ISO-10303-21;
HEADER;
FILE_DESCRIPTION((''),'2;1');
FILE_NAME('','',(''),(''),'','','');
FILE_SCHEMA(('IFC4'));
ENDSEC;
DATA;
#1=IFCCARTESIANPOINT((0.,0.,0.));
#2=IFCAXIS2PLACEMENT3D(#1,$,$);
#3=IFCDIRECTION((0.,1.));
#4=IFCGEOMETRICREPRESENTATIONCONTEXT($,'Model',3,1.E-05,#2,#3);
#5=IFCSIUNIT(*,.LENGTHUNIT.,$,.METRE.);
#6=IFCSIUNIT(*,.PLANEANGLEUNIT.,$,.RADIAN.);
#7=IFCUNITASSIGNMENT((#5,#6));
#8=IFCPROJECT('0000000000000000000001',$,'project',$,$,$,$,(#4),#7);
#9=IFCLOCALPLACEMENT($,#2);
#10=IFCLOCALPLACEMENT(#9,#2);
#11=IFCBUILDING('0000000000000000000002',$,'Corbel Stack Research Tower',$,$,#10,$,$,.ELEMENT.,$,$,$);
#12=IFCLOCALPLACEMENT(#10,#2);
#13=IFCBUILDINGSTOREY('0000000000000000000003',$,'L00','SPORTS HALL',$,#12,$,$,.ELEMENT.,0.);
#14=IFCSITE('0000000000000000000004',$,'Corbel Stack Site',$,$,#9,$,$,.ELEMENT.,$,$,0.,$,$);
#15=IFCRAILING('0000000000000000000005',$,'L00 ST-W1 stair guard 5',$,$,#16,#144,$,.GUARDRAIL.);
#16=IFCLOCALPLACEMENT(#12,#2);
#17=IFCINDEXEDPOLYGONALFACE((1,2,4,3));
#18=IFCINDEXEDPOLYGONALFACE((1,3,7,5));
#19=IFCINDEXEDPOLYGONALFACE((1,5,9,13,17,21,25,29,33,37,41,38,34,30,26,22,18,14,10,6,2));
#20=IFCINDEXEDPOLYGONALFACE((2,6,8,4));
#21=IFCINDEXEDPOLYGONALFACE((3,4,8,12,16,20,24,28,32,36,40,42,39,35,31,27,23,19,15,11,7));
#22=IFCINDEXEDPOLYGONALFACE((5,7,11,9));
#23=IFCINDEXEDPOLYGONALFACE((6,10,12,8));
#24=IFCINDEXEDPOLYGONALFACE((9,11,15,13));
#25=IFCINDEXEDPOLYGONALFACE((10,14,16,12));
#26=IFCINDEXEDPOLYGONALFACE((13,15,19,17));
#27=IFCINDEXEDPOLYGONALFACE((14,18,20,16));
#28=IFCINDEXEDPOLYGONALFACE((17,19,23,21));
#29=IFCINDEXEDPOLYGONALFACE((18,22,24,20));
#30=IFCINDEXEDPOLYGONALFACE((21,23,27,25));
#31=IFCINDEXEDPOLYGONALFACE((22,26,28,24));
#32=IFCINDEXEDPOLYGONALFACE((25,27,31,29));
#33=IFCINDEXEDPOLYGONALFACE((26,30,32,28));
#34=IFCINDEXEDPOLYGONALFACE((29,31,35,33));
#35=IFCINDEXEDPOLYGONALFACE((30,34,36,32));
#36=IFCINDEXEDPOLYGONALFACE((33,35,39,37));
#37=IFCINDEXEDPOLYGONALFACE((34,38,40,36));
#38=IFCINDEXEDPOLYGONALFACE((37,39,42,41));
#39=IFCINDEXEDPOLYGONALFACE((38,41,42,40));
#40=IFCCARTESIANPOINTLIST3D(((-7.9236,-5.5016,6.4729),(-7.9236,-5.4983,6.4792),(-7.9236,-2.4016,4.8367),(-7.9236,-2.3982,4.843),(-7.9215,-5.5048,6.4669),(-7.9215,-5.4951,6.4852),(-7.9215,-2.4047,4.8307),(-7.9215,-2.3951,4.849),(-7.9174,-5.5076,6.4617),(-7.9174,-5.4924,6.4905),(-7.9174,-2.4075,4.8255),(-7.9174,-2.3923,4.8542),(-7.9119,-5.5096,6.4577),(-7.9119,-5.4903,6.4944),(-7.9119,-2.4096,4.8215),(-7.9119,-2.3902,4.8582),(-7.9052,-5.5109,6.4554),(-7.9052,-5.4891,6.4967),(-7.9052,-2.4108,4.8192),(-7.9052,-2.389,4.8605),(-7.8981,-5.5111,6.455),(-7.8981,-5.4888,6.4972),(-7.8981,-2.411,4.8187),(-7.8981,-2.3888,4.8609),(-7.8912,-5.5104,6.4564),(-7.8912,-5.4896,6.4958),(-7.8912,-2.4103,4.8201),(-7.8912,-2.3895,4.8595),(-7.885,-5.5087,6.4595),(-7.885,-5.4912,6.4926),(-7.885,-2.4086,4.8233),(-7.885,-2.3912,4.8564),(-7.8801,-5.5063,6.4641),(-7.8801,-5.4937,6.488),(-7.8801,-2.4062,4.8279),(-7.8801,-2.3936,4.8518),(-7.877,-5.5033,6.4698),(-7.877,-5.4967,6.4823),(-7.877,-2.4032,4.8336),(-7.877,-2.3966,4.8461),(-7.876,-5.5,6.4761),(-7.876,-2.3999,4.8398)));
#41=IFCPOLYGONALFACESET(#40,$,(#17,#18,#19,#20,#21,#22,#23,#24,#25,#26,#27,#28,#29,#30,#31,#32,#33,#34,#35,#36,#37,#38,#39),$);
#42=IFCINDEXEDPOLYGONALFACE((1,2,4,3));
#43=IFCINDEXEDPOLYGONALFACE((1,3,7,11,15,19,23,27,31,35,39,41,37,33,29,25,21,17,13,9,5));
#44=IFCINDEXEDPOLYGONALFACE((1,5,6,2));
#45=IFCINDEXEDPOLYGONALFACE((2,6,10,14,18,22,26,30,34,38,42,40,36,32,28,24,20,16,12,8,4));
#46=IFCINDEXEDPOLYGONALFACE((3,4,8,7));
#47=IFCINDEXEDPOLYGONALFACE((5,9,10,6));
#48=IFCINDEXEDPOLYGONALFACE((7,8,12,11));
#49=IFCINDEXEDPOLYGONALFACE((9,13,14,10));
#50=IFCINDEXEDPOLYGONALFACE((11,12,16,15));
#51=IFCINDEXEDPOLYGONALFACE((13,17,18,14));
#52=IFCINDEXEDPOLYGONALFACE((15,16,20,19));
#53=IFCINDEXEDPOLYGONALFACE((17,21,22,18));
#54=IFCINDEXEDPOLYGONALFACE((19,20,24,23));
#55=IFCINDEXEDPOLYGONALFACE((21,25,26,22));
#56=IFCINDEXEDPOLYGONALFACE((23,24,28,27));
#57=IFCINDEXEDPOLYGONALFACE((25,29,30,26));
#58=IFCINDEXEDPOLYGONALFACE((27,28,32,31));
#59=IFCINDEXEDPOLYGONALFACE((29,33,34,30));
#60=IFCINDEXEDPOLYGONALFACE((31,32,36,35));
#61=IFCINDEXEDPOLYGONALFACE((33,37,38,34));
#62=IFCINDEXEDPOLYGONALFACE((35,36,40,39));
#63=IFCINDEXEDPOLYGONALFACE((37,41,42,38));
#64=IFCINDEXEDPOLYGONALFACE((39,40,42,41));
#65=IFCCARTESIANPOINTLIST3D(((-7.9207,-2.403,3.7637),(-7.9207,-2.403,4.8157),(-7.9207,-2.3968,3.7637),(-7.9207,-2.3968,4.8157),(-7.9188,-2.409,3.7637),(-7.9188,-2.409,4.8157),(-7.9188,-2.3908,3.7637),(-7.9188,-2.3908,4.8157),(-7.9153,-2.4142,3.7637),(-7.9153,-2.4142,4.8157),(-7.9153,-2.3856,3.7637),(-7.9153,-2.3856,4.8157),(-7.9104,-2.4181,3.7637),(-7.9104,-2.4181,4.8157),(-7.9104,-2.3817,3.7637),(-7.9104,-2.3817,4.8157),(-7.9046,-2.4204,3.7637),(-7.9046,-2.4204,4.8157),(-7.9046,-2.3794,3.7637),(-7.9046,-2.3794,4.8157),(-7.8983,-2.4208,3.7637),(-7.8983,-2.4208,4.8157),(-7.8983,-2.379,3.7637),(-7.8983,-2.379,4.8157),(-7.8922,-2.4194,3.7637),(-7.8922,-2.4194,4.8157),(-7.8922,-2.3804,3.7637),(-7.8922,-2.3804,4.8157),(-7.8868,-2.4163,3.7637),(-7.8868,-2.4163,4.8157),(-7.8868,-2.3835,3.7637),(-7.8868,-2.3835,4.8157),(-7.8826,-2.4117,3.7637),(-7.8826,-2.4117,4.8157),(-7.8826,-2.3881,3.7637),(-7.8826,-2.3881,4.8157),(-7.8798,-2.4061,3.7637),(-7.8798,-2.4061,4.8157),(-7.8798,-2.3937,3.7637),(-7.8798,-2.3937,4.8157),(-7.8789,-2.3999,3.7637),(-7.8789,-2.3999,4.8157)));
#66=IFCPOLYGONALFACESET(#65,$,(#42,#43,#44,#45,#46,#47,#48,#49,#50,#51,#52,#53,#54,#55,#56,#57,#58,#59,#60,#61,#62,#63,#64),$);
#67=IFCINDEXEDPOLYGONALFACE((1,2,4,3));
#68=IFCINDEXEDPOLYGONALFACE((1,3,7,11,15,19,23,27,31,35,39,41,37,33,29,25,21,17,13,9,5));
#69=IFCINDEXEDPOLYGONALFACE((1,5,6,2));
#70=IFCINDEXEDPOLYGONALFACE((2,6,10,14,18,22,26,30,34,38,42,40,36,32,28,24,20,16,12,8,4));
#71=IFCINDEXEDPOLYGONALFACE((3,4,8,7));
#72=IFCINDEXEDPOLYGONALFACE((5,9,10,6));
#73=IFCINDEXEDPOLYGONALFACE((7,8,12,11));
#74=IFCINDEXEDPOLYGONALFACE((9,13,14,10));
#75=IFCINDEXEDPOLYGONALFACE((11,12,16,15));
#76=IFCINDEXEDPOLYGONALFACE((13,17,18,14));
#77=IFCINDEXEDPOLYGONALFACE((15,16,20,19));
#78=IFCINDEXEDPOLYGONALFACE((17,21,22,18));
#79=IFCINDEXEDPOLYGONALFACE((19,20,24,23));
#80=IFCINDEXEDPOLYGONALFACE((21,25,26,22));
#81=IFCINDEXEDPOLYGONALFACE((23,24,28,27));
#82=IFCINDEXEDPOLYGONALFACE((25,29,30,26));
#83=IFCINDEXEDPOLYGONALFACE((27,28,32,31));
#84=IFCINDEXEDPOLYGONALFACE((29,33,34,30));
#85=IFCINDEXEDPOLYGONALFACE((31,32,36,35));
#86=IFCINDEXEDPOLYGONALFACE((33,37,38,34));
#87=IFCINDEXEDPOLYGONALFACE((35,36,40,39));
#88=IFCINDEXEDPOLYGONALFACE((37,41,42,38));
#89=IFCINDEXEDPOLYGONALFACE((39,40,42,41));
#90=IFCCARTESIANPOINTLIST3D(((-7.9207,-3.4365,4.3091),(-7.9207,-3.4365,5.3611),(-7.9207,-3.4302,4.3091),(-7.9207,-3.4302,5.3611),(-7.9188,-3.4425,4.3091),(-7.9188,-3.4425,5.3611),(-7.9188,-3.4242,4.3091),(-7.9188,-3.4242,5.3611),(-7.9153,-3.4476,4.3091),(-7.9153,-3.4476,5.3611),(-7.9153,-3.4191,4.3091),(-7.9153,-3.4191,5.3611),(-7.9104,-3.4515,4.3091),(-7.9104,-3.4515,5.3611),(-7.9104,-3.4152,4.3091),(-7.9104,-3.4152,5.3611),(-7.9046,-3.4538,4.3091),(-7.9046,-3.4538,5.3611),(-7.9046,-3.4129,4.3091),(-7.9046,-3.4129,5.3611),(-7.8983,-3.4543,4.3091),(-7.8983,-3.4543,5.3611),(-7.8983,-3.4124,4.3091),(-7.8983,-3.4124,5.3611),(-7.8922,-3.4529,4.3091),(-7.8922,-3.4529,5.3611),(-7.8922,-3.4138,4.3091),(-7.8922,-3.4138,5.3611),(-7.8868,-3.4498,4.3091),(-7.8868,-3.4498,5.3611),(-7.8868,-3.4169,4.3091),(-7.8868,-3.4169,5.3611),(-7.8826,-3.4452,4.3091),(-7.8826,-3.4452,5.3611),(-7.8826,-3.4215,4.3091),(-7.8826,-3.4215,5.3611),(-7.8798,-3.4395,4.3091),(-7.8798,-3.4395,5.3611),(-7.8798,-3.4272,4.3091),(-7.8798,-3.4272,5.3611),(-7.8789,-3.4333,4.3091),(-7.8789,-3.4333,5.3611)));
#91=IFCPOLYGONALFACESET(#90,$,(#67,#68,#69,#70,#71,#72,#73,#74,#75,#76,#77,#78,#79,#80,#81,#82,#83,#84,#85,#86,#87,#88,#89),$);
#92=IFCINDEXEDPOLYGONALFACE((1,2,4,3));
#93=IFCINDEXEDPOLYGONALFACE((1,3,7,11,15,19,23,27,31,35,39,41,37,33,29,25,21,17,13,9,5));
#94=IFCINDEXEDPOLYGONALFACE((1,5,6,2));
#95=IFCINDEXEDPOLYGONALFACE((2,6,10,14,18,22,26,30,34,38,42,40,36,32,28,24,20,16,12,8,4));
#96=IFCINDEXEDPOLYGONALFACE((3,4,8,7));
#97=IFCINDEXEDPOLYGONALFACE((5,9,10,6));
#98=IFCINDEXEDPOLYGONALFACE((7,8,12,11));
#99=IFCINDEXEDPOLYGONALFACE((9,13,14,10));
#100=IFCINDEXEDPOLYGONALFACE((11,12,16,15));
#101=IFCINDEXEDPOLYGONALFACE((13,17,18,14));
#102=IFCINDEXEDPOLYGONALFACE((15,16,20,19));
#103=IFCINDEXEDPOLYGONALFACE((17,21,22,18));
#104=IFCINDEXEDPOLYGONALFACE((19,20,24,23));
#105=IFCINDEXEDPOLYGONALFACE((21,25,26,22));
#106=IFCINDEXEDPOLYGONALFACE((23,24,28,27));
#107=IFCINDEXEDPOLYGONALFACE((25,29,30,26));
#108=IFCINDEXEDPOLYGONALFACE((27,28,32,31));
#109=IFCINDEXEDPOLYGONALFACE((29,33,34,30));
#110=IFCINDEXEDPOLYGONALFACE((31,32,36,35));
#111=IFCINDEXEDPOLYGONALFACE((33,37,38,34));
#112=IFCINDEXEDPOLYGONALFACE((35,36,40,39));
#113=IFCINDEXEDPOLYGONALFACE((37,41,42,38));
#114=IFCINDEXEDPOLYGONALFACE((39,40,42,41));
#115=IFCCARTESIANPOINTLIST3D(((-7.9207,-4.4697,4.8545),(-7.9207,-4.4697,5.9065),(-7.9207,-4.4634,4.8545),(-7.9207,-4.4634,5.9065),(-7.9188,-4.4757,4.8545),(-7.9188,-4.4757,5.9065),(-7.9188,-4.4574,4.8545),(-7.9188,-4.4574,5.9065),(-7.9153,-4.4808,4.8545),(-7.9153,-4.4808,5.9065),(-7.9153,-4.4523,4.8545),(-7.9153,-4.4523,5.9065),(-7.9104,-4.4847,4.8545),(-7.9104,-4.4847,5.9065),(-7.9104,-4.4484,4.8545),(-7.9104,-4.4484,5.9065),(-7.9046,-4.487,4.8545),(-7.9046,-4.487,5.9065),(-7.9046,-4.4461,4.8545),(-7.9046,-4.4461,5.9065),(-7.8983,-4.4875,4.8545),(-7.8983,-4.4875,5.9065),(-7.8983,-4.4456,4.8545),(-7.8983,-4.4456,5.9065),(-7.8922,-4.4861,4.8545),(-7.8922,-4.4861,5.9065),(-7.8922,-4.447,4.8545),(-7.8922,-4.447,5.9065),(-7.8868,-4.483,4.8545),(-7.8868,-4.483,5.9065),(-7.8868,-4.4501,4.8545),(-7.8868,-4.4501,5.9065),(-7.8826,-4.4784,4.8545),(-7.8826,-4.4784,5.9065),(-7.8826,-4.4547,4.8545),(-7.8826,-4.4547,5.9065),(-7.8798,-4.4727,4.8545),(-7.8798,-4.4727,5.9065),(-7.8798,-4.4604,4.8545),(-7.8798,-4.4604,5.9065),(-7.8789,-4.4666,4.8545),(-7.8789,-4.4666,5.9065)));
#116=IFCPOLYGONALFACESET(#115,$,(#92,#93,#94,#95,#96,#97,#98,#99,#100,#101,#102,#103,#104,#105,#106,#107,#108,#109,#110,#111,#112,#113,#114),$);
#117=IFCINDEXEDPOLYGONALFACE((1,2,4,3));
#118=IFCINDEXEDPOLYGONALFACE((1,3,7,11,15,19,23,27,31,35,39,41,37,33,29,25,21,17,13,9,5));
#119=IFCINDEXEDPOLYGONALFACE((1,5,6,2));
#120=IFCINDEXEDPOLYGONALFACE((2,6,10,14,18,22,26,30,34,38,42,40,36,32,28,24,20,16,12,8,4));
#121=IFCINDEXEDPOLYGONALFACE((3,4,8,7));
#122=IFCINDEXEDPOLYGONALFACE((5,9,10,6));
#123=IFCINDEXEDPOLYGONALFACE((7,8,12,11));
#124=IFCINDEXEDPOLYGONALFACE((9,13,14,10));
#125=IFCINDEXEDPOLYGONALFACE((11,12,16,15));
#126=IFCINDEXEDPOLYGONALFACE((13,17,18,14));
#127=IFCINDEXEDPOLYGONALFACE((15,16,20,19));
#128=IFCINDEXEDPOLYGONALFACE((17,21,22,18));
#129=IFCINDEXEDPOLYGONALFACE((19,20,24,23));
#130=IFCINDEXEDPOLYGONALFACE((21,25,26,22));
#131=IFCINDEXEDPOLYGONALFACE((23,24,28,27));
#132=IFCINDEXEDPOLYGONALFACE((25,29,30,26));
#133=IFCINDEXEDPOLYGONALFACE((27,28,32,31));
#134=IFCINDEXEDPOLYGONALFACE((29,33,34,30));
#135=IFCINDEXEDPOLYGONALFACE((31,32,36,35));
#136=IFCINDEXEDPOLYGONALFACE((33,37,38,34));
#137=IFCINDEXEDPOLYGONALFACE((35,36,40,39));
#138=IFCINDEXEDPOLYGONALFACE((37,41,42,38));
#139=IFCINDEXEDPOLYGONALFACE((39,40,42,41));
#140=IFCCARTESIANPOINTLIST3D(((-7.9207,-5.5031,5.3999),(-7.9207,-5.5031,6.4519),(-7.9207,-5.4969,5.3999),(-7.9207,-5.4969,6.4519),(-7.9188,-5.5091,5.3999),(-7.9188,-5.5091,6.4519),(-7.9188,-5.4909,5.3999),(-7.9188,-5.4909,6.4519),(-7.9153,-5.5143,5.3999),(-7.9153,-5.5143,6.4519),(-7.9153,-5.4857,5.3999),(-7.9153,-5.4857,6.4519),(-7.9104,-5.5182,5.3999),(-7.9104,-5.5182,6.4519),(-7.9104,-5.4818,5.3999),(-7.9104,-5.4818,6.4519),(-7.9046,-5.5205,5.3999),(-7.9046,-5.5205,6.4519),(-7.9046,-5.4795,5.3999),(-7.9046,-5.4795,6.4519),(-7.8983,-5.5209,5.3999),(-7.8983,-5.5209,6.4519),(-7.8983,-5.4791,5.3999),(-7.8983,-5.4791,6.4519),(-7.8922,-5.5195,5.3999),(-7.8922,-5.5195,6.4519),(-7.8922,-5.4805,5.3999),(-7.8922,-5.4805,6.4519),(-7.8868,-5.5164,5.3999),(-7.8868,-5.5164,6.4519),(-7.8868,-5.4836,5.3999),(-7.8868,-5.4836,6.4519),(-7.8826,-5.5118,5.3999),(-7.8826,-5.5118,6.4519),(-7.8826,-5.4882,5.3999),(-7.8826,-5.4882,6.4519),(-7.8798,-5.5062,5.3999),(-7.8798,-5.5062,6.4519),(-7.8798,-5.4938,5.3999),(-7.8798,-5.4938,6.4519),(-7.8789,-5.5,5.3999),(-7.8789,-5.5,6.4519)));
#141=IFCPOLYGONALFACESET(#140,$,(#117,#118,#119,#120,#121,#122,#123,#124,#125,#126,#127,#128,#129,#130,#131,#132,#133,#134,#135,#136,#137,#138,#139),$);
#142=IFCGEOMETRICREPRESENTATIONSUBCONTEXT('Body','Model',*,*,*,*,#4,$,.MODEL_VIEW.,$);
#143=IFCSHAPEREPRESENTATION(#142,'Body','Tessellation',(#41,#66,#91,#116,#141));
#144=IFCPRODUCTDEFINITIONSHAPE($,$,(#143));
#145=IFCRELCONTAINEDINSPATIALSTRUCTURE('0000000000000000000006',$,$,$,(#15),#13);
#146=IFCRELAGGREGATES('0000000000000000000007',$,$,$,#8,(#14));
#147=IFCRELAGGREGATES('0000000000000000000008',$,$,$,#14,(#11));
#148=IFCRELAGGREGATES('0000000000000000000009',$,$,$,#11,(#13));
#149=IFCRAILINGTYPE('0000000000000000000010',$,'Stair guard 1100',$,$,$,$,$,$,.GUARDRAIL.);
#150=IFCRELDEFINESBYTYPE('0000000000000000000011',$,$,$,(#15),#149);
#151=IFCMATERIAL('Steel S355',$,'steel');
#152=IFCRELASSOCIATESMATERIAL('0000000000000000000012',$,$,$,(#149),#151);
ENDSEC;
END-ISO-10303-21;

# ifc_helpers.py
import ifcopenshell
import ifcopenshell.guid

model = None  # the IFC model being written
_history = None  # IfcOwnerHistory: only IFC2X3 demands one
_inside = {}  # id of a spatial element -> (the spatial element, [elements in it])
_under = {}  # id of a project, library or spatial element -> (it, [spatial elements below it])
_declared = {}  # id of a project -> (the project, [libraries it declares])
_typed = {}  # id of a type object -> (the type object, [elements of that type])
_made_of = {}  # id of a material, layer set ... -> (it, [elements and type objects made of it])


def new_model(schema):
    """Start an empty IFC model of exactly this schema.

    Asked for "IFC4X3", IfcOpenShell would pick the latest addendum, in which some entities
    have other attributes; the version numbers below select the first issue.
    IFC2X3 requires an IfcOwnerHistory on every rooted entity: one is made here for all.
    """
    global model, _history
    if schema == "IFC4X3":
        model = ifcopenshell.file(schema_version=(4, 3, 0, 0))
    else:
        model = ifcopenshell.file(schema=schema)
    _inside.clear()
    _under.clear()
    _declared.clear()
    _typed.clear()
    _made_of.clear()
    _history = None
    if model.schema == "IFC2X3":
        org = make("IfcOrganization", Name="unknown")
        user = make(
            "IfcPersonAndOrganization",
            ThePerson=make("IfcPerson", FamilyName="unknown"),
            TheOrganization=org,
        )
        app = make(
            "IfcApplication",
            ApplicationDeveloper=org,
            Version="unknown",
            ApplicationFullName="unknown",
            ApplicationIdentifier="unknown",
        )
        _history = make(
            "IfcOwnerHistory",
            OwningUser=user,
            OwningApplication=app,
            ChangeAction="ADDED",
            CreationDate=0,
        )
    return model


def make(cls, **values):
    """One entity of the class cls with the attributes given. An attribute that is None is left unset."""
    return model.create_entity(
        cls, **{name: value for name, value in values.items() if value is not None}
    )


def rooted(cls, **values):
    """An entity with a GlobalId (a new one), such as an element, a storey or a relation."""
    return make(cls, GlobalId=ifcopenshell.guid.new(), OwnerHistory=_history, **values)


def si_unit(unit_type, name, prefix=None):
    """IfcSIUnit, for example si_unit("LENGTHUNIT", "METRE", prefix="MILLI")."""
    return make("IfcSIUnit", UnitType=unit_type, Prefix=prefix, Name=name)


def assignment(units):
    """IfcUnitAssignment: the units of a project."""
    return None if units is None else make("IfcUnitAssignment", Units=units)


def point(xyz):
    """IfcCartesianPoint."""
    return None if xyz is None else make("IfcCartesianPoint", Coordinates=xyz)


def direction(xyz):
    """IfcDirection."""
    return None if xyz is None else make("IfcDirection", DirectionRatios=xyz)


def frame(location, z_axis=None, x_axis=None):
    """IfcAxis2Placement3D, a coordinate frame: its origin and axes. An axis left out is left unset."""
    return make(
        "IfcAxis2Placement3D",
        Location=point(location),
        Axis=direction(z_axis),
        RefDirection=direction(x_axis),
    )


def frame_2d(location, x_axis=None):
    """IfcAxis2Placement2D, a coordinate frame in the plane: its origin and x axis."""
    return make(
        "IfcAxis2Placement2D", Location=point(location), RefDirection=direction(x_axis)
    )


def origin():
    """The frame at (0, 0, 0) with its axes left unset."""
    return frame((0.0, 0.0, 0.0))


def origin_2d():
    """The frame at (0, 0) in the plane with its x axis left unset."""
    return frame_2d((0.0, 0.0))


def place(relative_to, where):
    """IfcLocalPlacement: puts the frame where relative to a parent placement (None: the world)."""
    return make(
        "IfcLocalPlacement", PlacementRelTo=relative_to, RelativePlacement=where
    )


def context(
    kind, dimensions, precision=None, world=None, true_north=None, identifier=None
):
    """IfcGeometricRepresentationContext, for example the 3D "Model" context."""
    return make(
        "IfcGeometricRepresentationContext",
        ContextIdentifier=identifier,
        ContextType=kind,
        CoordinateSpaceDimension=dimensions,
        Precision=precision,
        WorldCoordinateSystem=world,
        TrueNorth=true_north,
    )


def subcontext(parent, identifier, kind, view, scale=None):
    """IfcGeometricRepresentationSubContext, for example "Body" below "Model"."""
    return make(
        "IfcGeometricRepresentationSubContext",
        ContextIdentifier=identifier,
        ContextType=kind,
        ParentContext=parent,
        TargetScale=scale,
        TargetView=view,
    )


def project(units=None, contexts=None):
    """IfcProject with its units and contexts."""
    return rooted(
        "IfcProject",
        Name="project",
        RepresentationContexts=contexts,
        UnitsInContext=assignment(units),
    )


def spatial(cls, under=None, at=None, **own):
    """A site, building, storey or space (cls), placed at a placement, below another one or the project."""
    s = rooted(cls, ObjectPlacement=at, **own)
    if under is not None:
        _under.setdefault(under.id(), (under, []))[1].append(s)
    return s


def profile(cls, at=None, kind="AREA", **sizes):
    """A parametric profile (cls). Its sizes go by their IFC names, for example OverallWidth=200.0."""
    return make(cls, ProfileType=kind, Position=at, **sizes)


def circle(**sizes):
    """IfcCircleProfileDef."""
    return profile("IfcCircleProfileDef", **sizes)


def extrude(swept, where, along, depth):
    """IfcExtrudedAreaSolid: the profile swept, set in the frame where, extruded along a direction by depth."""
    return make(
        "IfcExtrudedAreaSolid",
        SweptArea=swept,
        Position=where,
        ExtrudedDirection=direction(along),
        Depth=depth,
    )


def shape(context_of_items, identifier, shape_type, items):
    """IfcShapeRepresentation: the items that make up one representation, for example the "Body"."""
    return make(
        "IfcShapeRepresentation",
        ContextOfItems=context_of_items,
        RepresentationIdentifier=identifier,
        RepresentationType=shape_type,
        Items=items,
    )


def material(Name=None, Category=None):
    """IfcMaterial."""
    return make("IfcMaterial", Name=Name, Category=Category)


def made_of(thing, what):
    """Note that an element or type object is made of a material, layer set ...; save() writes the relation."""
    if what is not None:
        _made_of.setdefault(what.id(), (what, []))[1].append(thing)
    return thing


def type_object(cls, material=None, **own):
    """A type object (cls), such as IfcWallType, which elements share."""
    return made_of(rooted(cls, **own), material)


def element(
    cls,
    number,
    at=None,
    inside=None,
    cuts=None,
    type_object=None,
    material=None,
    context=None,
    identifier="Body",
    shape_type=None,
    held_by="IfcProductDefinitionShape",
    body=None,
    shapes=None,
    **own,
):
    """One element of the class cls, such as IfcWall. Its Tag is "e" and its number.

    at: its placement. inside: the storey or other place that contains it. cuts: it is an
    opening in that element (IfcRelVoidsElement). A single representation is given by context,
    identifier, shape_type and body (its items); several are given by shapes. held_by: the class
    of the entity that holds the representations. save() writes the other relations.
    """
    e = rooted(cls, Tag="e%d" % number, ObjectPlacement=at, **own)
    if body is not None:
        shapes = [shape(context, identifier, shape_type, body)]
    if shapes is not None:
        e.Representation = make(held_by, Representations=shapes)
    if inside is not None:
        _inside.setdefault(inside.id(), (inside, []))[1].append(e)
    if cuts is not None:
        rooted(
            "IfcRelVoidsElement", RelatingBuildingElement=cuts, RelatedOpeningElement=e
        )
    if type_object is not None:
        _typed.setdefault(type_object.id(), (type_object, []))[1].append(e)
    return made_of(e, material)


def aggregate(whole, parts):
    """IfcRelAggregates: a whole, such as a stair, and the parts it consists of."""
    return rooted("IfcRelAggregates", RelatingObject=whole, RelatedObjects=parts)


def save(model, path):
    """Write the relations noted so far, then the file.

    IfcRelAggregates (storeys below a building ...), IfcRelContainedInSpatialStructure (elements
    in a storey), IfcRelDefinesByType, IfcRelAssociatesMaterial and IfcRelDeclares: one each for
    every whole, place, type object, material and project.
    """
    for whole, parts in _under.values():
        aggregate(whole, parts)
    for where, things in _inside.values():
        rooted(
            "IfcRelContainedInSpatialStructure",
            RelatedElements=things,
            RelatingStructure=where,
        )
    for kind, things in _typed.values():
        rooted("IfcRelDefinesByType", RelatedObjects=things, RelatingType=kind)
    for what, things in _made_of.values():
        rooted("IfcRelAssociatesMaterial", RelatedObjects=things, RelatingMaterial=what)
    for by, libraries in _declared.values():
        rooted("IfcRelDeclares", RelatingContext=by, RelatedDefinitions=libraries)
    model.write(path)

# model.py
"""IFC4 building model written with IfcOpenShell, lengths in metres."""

from ifc_helpers import new_model, si_unit, direction, frame, origin, origin_2d, place, context, subcontext, project, spatial, circle, extrude, material, type_object, element, save


model = new_model("IFC4")

# Units and contexts
model_context = context("Model", 3, precision=1e-05, world=origin(), true_north=direction((0.0, 1.0)))
body_context = subcontext(model_context, "Body", "Model", "MODEL_VIEW")
ifc_project = project(units=[si_unit("LENGTHUNIT", "METRE"), si_unit("PLANEANGLEUNIT", "RADIAN")], contexts=[model_context])

# Site, building, storey
site_placement = place(None, origin())
site = spatial("IfcSite", under=ifc_project, at=site_placement, Name="Corbel Stack Site", CompositionType="ELEMENT", RefElevation=0.0)
building_placement = place(site_placement, origin())
building = spatial("IfcBuilding", under=site, at=building_placement, Name="Corbel Stack Research Tower", CompositionType="ELEMENT")
storey_placement = place(building_placement, origin())
storey = spatial("IfcBuildingStorey", under=building, at=storey_placement, Name="L00", Description="SPORTS HALL", CompositionType="ELEMENT", Elevation=0.0)

# Railing
ifc_material_1 = material(Name="Steel S355", Category="steel")
railing_type_1 = type_object("IfcRailingType", Name="Stair guard 1100", PredefinedType="GUARDRAIL", material=ifc_material_1)
railing_1_placement = place(storey_placement, frame((-7.8999, -2.3999, 3.7637)))
element("IfcRailing", 1, at=railing_1_placement, inside=storey, type_object=railing_type_1, Name="L00 ST-W1 stair guard 5", PredefinedType="GUARDRAIL", context=body_context, shape_type="SweptSolid", body=[
    extrude(circle(Radius=0.0239, at=origin_2d()), frame((0.0, 0.0, 1.0762), z_axis=(0.0, -0.884377, 0.466774), x_axis=(1.0, 0.0, 0.0)), (0.0, 0.0, 1.0), 3.5054),
    extrude(circle(Radius=0.021, at=origin_2d()), origin(), (0.0, 0.0, 1.0), 1.052),
    extrude(circle(Radius=0.021, at=origin_2d()), frame((0.0, -1.0334, 0.5454)), (0.0, 0.0, 1.0), 1.052),
    extrude(circle(Radius=0.021, at=origin_2d()), frame((0.0, -2.0667, 1.0908)), (0.0, 0.0, 1.0), 1.052),
    extrude(circle(Radius=0.021, at=origin_2d()), frame((0.0, -3.1001, 1.6362)), (0.0, 0.0, 1.0), 1.052),
])

save(model, "model.ifc")
